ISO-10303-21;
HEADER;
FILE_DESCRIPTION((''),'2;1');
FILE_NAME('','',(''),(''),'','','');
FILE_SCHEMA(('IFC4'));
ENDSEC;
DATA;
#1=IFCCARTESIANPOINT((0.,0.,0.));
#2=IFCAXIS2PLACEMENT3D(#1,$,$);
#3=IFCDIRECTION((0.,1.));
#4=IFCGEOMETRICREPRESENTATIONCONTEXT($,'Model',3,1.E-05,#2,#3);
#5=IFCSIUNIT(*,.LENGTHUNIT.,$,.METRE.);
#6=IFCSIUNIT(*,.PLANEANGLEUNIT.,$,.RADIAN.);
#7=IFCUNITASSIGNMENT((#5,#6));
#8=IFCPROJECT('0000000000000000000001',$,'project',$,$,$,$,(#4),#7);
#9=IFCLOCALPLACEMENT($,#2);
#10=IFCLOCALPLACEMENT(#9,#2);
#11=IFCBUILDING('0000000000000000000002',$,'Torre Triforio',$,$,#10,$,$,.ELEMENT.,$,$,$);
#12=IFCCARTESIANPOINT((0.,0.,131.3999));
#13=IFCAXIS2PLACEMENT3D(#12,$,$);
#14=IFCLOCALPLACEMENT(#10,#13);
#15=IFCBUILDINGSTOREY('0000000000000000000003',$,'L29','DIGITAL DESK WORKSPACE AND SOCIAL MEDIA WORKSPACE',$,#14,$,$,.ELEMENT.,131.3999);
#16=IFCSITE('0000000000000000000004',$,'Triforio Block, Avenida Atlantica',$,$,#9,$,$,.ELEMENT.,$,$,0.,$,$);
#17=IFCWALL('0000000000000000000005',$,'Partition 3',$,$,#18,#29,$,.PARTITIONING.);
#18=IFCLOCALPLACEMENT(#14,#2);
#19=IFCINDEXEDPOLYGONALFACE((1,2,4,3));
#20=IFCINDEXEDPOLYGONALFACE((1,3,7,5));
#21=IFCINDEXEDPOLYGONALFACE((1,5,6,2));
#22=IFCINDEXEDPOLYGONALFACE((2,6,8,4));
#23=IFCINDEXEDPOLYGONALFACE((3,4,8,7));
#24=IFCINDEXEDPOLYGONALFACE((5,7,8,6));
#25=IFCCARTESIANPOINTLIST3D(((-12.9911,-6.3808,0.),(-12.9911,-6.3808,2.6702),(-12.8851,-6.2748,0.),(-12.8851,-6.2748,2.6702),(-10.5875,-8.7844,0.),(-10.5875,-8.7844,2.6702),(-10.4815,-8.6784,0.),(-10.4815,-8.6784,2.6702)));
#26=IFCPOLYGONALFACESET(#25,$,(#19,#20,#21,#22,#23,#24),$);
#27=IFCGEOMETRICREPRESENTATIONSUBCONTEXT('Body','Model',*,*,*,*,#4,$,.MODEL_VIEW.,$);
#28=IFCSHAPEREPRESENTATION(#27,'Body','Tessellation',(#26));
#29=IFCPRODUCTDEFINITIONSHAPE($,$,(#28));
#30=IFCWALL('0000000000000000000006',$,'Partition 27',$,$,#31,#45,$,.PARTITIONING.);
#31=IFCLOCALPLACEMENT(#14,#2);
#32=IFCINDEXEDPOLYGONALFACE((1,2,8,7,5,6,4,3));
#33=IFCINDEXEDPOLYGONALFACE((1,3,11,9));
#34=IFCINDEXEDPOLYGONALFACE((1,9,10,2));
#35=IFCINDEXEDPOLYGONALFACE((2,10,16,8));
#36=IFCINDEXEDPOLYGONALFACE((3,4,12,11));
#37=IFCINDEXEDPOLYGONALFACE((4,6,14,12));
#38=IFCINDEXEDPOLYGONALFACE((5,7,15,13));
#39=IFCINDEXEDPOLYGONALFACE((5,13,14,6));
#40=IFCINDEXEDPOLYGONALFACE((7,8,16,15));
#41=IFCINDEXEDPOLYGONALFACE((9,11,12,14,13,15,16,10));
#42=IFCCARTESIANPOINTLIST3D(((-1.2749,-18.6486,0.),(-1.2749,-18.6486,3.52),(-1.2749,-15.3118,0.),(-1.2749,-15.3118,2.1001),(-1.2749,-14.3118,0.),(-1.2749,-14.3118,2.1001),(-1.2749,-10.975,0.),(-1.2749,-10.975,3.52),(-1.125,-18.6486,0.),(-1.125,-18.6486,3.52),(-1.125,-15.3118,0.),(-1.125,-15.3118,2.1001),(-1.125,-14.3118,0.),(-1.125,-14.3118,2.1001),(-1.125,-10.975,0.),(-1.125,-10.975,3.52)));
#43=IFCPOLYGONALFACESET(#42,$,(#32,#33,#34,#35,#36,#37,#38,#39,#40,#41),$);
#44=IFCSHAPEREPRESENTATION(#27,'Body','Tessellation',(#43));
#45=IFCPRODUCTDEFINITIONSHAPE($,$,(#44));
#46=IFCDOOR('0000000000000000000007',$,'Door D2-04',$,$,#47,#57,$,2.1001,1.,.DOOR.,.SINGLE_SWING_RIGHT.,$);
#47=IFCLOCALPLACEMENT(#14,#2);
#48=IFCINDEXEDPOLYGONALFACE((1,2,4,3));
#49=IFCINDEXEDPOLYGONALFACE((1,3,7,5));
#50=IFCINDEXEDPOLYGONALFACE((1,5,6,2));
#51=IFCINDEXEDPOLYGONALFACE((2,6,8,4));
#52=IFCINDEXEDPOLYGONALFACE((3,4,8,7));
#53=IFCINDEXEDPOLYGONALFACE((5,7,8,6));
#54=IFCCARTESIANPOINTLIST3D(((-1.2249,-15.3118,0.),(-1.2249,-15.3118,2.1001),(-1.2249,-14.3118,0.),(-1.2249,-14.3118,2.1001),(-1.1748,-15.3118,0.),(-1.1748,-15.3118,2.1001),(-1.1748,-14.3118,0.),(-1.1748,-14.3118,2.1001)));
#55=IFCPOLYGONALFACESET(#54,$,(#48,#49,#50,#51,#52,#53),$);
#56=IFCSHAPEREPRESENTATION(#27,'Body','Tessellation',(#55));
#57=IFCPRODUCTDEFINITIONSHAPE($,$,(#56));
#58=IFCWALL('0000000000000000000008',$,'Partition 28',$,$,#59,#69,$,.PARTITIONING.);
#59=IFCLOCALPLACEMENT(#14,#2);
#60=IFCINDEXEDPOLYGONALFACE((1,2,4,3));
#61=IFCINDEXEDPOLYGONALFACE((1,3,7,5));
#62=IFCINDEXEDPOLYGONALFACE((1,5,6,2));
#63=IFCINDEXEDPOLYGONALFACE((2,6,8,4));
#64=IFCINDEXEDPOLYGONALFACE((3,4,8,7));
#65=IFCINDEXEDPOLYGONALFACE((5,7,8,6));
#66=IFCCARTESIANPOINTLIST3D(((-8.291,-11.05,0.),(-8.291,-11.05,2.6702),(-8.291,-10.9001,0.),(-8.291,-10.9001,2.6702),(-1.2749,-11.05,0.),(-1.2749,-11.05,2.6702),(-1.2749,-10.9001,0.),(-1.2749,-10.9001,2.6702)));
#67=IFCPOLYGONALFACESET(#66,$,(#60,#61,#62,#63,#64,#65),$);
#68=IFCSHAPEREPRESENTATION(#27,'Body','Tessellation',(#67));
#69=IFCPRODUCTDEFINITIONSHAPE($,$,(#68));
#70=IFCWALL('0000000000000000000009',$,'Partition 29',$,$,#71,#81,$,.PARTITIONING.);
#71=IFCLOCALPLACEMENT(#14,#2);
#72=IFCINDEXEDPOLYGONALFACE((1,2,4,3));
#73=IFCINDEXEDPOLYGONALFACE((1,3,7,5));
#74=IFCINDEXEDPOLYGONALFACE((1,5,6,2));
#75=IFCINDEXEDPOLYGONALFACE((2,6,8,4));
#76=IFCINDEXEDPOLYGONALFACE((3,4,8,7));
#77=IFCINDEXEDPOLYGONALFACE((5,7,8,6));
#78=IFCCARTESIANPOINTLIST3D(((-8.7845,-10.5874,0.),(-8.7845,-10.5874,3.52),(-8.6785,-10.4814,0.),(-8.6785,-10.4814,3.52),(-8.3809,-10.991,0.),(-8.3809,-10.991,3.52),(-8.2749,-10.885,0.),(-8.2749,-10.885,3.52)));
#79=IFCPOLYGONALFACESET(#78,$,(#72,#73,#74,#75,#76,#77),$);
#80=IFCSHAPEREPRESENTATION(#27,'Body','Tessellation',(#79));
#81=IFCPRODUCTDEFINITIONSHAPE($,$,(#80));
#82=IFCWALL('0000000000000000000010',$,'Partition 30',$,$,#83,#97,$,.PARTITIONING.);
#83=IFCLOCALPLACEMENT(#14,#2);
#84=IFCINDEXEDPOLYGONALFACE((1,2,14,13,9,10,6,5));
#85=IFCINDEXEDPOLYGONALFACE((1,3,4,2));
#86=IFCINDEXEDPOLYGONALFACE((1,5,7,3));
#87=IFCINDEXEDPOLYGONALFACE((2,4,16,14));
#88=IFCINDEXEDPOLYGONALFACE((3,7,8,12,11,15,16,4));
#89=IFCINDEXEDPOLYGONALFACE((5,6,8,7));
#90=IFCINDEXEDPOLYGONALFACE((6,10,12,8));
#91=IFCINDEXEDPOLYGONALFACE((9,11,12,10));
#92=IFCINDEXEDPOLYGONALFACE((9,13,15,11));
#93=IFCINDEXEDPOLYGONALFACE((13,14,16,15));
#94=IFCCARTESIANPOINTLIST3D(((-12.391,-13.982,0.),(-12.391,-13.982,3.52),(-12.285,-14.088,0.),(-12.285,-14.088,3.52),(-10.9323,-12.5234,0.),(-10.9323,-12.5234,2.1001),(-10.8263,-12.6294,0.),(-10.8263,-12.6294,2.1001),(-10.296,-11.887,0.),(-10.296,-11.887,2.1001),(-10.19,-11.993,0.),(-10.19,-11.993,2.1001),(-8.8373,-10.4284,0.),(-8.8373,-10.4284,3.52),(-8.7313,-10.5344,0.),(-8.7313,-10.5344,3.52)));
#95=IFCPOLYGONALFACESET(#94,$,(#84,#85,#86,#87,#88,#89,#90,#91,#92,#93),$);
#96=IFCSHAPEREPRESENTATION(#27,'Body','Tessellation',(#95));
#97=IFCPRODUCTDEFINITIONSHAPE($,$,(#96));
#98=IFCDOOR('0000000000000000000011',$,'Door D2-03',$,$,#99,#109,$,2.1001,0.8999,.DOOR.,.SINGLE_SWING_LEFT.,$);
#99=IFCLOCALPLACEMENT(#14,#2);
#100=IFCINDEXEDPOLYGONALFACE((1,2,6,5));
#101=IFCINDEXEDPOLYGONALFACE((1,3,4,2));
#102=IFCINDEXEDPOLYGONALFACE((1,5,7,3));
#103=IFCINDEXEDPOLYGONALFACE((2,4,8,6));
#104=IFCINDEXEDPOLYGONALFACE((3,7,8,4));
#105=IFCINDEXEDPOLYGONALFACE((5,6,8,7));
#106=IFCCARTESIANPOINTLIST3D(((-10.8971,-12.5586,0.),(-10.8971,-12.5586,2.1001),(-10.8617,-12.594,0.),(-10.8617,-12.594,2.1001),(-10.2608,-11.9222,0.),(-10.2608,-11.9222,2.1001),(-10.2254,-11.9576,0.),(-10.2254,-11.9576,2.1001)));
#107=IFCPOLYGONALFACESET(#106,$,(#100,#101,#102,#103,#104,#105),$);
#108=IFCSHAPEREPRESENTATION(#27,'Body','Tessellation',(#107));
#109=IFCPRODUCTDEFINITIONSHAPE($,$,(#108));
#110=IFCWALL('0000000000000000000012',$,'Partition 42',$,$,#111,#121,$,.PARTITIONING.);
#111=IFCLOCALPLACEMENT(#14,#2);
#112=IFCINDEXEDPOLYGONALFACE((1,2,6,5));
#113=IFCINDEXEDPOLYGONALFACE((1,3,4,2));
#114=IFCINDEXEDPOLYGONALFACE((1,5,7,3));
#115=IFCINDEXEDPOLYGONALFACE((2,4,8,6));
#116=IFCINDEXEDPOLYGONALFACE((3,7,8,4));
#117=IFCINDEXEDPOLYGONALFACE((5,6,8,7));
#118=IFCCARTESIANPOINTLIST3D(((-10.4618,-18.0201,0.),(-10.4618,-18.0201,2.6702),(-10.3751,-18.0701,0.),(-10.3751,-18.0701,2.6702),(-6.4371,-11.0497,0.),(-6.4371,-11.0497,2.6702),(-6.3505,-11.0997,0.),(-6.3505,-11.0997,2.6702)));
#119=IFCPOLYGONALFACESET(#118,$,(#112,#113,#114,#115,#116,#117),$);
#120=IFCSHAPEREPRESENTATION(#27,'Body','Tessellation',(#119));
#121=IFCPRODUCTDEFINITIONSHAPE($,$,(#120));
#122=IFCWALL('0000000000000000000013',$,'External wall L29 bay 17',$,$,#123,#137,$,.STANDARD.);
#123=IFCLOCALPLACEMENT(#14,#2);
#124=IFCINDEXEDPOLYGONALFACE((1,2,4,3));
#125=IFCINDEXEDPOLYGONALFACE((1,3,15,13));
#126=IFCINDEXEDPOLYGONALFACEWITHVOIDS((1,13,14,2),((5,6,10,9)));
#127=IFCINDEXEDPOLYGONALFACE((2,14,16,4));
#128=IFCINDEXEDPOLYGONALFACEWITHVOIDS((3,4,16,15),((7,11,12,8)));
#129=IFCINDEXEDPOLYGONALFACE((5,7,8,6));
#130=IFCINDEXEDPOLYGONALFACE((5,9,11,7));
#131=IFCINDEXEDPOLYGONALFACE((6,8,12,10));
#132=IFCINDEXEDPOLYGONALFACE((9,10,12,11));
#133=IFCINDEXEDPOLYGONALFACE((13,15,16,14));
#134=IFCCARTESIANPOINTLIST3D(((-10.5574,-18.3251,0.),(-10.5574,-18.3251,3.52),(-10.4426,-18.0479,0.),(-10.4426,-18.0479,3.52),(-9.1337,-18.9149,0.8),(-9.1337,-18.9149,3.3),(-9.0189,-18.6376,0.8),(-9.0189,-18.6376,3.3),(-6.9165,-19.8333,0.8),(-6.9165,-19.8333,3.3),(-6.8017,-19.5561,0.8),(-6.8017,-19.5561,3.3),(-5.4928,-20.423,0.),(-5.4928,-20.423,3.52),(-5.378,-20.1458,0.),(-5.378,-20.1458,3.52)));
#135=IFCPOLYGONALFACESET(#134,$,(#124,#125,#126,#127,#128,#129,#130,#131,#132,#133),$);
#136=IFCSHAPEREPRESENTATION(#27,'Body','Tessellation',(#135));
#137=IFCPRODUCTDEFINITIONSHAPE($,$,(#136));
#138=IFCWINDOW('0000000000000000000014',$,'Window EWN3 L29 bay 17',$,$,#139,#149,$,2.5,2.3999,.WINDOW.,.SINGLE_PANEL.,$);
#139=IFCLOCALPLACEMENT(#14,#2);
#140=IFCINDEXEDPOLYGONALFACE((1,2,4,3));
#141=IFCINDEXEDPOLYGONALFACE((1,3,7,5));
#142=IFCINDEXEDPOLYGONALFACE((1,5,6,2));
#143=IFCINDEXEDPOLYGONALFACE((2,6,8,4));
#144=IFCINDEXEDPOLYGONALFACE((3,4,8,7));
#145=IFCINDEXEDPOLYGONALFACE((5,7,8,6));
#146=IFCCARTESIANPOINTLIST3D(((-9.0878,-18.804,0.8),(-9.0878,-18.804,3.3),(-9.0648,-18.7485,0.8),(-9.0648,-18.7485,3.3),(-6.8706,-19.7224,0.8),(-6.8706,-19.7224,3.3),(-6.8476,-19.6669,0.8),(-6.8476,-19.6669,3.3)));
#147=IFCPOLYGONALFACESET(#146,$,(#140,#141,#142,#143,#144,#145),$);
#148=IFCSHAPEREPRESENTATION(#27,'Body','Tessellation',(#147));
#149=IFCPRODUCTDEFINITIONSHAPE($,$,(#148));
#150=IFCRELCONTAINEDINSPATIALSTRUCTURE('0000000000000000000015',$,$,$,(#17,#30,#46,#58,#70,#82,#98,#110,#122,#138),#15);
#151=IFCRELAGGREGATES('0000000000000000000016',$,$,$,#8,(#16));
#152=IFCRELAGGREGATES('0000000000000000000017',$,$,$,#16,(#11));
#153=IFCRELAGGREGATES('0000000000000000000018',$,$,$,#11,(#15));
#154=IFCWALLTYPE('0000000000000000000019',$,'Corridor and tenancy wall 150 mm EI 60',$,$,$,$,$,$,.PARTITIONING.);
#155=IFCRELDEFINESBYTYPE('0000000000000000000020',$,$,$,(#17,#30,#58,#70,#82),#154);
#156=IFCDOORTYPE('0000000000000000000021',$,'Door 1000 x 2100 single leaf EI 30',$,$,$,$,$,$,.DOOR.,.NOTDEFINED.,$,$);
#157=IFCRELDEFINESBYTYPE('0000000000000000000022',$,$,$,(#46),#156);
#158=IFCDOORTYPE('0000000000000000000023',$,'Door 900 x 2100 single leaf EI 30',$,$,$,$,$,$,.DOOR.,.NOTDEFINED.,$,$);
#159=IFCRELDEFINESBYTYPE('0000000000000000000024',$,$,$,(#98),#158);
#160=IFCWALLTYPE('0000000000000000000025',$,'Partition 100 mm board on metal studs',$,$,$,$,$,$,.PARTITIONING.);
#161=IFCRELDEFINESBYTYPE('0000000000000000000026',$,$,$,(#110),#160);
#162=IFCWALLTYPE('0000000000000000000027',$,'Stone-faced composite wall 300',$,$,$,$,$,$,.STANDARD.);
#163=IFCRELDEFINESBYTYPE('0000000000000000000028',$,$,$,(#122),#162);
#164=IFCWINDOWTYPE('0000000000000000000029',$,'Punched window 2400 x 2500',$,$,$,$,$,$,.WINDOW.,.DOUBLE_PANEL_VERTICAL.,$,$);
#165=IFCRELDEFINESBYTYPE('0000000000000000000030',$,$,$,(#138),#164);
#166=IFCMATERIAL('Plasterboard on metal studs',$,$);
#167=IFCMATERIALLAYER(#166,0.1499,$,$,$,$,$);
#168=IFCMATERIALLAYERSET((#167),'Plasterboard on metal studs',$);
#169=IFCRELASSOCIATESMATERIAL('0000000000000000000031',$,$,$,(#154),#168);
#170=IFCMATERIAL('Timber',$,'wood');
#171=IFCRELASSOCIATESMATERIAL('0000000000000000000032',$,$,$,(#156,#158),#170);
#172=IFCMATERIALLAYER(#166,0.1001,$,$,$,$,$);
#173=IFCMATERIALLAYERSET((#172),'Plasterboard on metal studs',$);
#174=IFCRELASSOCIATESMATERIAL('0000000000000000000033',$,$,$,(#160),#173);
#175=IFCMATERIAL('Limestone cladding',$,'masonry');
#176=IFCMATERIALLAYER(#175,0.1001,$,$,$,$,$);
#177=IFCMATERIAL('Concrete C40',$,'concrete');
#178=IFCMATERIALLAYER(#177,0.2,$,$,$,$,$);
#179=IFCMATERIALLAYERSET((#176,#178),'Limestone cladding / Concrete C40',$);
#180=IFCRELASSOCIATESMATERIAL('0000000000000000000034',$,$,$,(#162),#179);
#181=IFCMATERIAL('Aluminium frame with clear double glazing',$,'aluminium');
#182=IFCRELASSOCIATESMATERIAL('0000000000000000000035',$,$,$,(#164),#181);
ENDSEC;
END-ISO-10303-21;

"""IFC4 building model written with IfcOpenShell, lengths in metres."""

from ifc_helpers import new_model, si_unit, direction, frame, frame_2d, origin, place, context, subcontext, project, spatial, rectangle, extrude, material, layer, layer_set, type_object, element, fill, save


model = new_model("IFC4")

# Units and contexts
model_context = context("Model", 3, precision=1e-05, world=origin(), true_north=direction((0.0, 1.0)))
body_context = subcontext(model_context, "Body", "Model", "MODEL_VIEW")
ifc_project = project(units=[si_unit("LENGTHUNIT", "METRE"), si_unit("PLANEANGLEUNIT", "RADIAN")], contexts=[model_context])

# Site, building, storey
site_placement = place(None, origin())
site = spatial("IfcSite", under=ifc_project, at=site_placement, Name="Triforio Block, Avenida Atlantica", CompositionType="ELEMENT", RefElevation=0.0)
building_placement = place(site_placement, origin())
building = spatial("IfcBuilding", under=site, at=building_placement, Name="Torre Triforio", CompositionType="ELEMENT")
storey_placement = place(building_placement, frame((0.0, 0.0, 131.3999)))
storey = spatial("IfcBuildingStorey", under=building, at=storey_placement, Name="L29", Description="DIGITAL DESK WORKSPACE AND SOCIAL MEDIA WORKSPACE", CompositionType="ELEMENT", Elevation=131.3999)

# Wall
ifc_material_1 = material(Name="Plasterboard on metal studs")
ifc_layer_1 = layer(ifc_material_1, 0.1499)
ifc_layer_set_1 = layer_set([ifc_layer_1], Name="Plasterboard on metal studs")
wall_type_1 = type_object("IfcWallType", Name="Corridor and tenancy wall 150 mm EI 60", PredefinedType="PARTITIONING", material=ifc_layer_set_1)
wall_1_placement = place(storey_placement, frame((-10.5344, -8.7314, 0.0), z_axis=(0.0, 0.0, 1.0), x_axis=(-0.707107, 0.707107, 0.0)))
element("IfcWall", 1, at=wall_1_placement, inside=storey, type_object=wall_type_1, Name="Partition 3", PredefinedType="PARTITIONING", context=body_context, shape_type="SweptSolid", body=[
    extrude(rectangle(XDim=3.3992, YDim=0.1499, at=frame_2d((1.6997, 0.0))), origin(), (0.0, 0.0, 1.0), 2.6702),
])

# Wall, opening, door
wall_2_placement = place(storey_placement, frame((-1.2, -18.6487, 0.0), z_axis=(0.0, 0.0, 1.0), x_axis=(0.0, 1.0, 0.0)))
wall_2 = element("IfcWall", 2, at=wall_2_placement, inside=storey, type_object=wall_type_1, Name="Partition 27", PredefinedType="PARTITIONING", context=body_context, shape_type="SweptSolid", body=[
    extrude(rectangle(XDim=7.6736, YDim=0.1499, at=frame_2d((3.8369, 0.0))), origin(), (0.0, 0.0, 1.0), 3.52),
])
opening_1_placement = place(wall_2_placement, frame((3.3369, 0.0, 0.0)))
opening_1 = element("IfcOpeningElement", 3, at=opening_1_placement, cuts=wall_2, PredefinedType="OPENING", context=body_context, shape_type="SweptSolid", body=[
    extrude(rectangle(XDim=1.0, YDim=2.1001, at=frame_2d((0.5, 1.05))), frame((0.0, 0.085, 0.0), z_axis=(0.0, -1.0, 0.0), x_axis=(1.0, 0.0, 0.0)), (0.0, 0.0, 1.0), 0.1699),
])
ifc_material_2 = material(Name="Timber", Category="wood")
door_type_1 = type_object("IfcDoorType", Name="Door 1000 x 2100 single leaf EI 30", OperationType="NOTDEFINED", PredefinedType="DOOR", material=ifc_material_2)
door_1_placement = place(opening_1_placement, origin())
door_1 = element("IfcDoor", 4, at=door_1_placement, inside=storey, type_object=door_type_1, Name="Door D2-04", OperationType="SINGLE_SWING_RIGHT", OverallHeight=2.1001, OverallWidth=1.0, PredefinedType="DOOR", context=body_context, shape_type="SweptSolid", body=[
    extrude(rectangle(XDim=1.0, YDim=2.1001, at=frame_2d((0.5, 1.05))), frame((0.0, 0.0249, 0.0), z_axis=(0.0, -1.0, 0.0), x_axis=(1.0, 0.0, 0.0)), (0.0, 0.0, 1.0), 0.05),
])
fill(opening_1, door_1)

# Walls
wall_3_placement = place(storey_placement, frame((-1.2749, -10.9751, 0.0), z_axis=(0.0, 0.0, 1.0), x_axis=(-1.0, 0.0, 0.0)))
element("IfcWall", 5, at=wall_3_placement, inside=storey, type_object=wall_type_1, Name="Partition 28", PredefinedType="PARTITIONING", context=body_context, shape_type="SweptSolid", body=[
    extrude(rectangle(XDim=7.0161, YDim=0.1499, at=frame_2d((3.5081, 0.0))), origin(), (0.0, 0.0, 1.0), 2.6702),
])
wall_4_placement = place(storey_placement, frame((-8.3279, -10.938, 0.0), z_axis=(0.0, 0.0, 1.0), x_axis=(-0.707107, 0.707107, 0.0)))
element("IfcWall", 6, at=wall_4_placement, inside=storey, type_object=wall_type_1, Name="Partition 29", PredefinedType="PARTITIONING", context=body_context, shape_type="SweptSolid", body=[
    extrude(rectangle(XDim=0.5708, YDim=0.1499, at=frame_2d((0.2854, 0.0))), origin(), (0.0, 0.0, 1.0), 3.52),
])

# Wall, opening, door
wall_5_placement = place(storey_placement, frame((-8.7844, -10.4814, 0.0), z_axis=(0.0, 0.0, 1.0), x_axis=(-0.707107, -0.707107, 0.0)))
wall_5 = element("IfcWall", 7, at=wall_5_placement, inside=storey, type_object=wall_type_1, Name="Partition 30", PredefinedType="PARTITIONING", context=body_context, shape_type="SweptSolid", body=[
    extrude(rectangle(XDim=5.0256, YDim=0.1499, at=frame_2d((2.5127, 0.0))), origin(), (0.0, 0.0, 1.0), 3.52),
])
opening_2_placement = place(wall_5_placement, frame((2.0627, 0.0, 0.0)))
opening_2 = element("IfcOpeningElement", 8, at=opening_2_placement, cuts=wall_5, PredefinedType="OPENING", context=body_context, shape_type="SweptSolid", body=[
    extrude(rectangle(XDim=0.8999, YDim=2.1001, at=frame_2d((0.45, 1.05))), frame((0.0, 0.085, 0.0), z_axis=(0.0, -1.0, 0.0), x_axis=(1.0, 0.0, 0.0)), (0.0, 0.0, 1.0), 0.1699),
])
door_type_2 = type_object("IfcDoorType", Name="Door 900 x 2100 single leaf EI 30", OperationType="NOTDEFINED", PredefinedType="DOOR", material=ifc_material_2)
door_2_placement = place(opening_2_placement, origin())
door_2 = element("IfcDoor", 9, at=door_2_placement, inside=storey, type_object=door_type_2, Name="Door D2-03", OperationType="SINGLE_SWING_LEFT", OverallHeight=2.1001, OverallWidth=0.8999, PredefinedType="DOOR", context=body_context, shape_type="SweptSolid", body=[
    extrude(rectangle(XDim=0.8999, YDim=2.1001, at=frame_2d((0.45, 1.05))), frame((0.0, 0.0249, 0.0), z_axis=(0.0, -1.0, 0.0), x_axis=(1.0, 0.0, 0.0)), (0.0, 0.0, 1.0), 0.05),
])
fill(opening_2, door_2)

# Wall
ifc_layer_2 = layer(ifc_material_1, 0.1001)
ifc_layer_set_2 = layer_set([ifc_layer_2], Name="Plasterboard on metal studs")
wall_type_2 = type_object("IfcWallType", Name="Partition 100 mm board on metal studs", PredefinedType="PARTITIONING", material=ifc_layer_set_2)
wall_6_placement = place(storey_placement, frame((-6.3938, -11.0747, 0.0), z_axis=(0.0, 0.0, 1.0), x_axis=(-0.500024, -0.866011, 0.0)))
element("IfcWall", 10, at=wall_6_placement, inside=storey, type_object=wall_type_2, Name="Partition 42", PredefinedType="PARTITIONING", context=body_context, shape_type="SweptSolid", body=[
    extrude(rectangle(XDim=8.0488, YDim=0.1001, at=frame_2d((4.0244, 0.0))), origin(), (0.0, 0.0, 1.0), 2.6702),
])

# Wall, opening, window
ifc_material_3 = material(Name="Limestone cladding", Category="masonry")
ifc_layer_3 = layer(ifc_material_3, 0.1001)
ifc_material_4 = material(Name="Concrete C40", Category="concrete")
ifc_layer_4 = layer(ifc_material_4, 0.2)
ifc_layer_set_3 = layer_set([ifc_layer_3, ifc_layer_4], Name="Limestone cladding / Concrete C40")
wall_type_3 = type_object("IfcWallType", Name="Stone-faced composite wall 300", PredefinedType="STANDARD", material=ifc_layer_set_3)
wall_7_placement = place(storey_placement, frame((-10.5, -18.1865, 0.0), z_axis=(0.0, 0.0, 1.0), x_axis=(0.923877, -0.382689, 0.0)))
wall_7 = element("IfcWall", 11, at=wall_7_placement, inside=storey, type_object=wall_type_3, Name="External wall L29 bay 17", PredefinedType="STANDARD", context=body_context, shape_type="SweptSolid", body=[
    extrude(rectangle(XDim=5.4819, YDim=0.3, at=frame_2d((2.741, 0.0))), origin(), (0.0, 0.0, 1.0), 3.52),
])
opening_3_placement = place(wall_7_placement, frame((1.541, 0.0, 0.8)))
opening_3 = element("IfcOpeningElement", 12, at=opening_3_placement, cuts=wall_7, PredefinedType="OPENING", context=body_context, shape_type="SweptSolid", body=[
    extrude(rectangle(XDim=2.3999, YDim=2.5, at=frame_2d((1.2, 1.25))), frame((0.0, 0.1599, 0.0), z_axis=(0.0, -1.0, 0.0), x_axis=(1.0, 0.0, 0.0)), (0.0, 0.0, 1.0), 0.3201),
])
ifc_material_5 = material(Name="Aluminium frame with clear double glazing", Category="aluminium")
window_type_1 = type_object("IfcWindowType", Name="Punched window 2400 x 2500", PartitioningType="DOUBLE_PANEL_VERTICAL", PredefinedType="WINDOW", material=ifc_material_5)
window_1_placement = place(opening_3_placement, origin())
window_1 = element("IfcWindow", 13, at=window_1_placement, inside=storey, type_object=window_type_1, Name="Window EWN3 L29 bay 17", OverallHeight=2.5, OverallWidth=2.3999, PartitioningType="SINGLE_PANEL", PredefinedType="WINDOW", context=body_context, shape_type="SweptSolid", body=[
    extrude(rectangle(XDim=2.3999, YDim=2.5, at=frame_2d((1.2, 1.25))), frame((0.0, 0.03, 0.0), z_axis=(0.0, -1.0, 0.0), x_axis=(1.0, 0.0, 0.0)), (0.0, 0.0, 1.0), 0.0601),
])
fill(opening_3, window_1)

save(model, "model.ifc")
